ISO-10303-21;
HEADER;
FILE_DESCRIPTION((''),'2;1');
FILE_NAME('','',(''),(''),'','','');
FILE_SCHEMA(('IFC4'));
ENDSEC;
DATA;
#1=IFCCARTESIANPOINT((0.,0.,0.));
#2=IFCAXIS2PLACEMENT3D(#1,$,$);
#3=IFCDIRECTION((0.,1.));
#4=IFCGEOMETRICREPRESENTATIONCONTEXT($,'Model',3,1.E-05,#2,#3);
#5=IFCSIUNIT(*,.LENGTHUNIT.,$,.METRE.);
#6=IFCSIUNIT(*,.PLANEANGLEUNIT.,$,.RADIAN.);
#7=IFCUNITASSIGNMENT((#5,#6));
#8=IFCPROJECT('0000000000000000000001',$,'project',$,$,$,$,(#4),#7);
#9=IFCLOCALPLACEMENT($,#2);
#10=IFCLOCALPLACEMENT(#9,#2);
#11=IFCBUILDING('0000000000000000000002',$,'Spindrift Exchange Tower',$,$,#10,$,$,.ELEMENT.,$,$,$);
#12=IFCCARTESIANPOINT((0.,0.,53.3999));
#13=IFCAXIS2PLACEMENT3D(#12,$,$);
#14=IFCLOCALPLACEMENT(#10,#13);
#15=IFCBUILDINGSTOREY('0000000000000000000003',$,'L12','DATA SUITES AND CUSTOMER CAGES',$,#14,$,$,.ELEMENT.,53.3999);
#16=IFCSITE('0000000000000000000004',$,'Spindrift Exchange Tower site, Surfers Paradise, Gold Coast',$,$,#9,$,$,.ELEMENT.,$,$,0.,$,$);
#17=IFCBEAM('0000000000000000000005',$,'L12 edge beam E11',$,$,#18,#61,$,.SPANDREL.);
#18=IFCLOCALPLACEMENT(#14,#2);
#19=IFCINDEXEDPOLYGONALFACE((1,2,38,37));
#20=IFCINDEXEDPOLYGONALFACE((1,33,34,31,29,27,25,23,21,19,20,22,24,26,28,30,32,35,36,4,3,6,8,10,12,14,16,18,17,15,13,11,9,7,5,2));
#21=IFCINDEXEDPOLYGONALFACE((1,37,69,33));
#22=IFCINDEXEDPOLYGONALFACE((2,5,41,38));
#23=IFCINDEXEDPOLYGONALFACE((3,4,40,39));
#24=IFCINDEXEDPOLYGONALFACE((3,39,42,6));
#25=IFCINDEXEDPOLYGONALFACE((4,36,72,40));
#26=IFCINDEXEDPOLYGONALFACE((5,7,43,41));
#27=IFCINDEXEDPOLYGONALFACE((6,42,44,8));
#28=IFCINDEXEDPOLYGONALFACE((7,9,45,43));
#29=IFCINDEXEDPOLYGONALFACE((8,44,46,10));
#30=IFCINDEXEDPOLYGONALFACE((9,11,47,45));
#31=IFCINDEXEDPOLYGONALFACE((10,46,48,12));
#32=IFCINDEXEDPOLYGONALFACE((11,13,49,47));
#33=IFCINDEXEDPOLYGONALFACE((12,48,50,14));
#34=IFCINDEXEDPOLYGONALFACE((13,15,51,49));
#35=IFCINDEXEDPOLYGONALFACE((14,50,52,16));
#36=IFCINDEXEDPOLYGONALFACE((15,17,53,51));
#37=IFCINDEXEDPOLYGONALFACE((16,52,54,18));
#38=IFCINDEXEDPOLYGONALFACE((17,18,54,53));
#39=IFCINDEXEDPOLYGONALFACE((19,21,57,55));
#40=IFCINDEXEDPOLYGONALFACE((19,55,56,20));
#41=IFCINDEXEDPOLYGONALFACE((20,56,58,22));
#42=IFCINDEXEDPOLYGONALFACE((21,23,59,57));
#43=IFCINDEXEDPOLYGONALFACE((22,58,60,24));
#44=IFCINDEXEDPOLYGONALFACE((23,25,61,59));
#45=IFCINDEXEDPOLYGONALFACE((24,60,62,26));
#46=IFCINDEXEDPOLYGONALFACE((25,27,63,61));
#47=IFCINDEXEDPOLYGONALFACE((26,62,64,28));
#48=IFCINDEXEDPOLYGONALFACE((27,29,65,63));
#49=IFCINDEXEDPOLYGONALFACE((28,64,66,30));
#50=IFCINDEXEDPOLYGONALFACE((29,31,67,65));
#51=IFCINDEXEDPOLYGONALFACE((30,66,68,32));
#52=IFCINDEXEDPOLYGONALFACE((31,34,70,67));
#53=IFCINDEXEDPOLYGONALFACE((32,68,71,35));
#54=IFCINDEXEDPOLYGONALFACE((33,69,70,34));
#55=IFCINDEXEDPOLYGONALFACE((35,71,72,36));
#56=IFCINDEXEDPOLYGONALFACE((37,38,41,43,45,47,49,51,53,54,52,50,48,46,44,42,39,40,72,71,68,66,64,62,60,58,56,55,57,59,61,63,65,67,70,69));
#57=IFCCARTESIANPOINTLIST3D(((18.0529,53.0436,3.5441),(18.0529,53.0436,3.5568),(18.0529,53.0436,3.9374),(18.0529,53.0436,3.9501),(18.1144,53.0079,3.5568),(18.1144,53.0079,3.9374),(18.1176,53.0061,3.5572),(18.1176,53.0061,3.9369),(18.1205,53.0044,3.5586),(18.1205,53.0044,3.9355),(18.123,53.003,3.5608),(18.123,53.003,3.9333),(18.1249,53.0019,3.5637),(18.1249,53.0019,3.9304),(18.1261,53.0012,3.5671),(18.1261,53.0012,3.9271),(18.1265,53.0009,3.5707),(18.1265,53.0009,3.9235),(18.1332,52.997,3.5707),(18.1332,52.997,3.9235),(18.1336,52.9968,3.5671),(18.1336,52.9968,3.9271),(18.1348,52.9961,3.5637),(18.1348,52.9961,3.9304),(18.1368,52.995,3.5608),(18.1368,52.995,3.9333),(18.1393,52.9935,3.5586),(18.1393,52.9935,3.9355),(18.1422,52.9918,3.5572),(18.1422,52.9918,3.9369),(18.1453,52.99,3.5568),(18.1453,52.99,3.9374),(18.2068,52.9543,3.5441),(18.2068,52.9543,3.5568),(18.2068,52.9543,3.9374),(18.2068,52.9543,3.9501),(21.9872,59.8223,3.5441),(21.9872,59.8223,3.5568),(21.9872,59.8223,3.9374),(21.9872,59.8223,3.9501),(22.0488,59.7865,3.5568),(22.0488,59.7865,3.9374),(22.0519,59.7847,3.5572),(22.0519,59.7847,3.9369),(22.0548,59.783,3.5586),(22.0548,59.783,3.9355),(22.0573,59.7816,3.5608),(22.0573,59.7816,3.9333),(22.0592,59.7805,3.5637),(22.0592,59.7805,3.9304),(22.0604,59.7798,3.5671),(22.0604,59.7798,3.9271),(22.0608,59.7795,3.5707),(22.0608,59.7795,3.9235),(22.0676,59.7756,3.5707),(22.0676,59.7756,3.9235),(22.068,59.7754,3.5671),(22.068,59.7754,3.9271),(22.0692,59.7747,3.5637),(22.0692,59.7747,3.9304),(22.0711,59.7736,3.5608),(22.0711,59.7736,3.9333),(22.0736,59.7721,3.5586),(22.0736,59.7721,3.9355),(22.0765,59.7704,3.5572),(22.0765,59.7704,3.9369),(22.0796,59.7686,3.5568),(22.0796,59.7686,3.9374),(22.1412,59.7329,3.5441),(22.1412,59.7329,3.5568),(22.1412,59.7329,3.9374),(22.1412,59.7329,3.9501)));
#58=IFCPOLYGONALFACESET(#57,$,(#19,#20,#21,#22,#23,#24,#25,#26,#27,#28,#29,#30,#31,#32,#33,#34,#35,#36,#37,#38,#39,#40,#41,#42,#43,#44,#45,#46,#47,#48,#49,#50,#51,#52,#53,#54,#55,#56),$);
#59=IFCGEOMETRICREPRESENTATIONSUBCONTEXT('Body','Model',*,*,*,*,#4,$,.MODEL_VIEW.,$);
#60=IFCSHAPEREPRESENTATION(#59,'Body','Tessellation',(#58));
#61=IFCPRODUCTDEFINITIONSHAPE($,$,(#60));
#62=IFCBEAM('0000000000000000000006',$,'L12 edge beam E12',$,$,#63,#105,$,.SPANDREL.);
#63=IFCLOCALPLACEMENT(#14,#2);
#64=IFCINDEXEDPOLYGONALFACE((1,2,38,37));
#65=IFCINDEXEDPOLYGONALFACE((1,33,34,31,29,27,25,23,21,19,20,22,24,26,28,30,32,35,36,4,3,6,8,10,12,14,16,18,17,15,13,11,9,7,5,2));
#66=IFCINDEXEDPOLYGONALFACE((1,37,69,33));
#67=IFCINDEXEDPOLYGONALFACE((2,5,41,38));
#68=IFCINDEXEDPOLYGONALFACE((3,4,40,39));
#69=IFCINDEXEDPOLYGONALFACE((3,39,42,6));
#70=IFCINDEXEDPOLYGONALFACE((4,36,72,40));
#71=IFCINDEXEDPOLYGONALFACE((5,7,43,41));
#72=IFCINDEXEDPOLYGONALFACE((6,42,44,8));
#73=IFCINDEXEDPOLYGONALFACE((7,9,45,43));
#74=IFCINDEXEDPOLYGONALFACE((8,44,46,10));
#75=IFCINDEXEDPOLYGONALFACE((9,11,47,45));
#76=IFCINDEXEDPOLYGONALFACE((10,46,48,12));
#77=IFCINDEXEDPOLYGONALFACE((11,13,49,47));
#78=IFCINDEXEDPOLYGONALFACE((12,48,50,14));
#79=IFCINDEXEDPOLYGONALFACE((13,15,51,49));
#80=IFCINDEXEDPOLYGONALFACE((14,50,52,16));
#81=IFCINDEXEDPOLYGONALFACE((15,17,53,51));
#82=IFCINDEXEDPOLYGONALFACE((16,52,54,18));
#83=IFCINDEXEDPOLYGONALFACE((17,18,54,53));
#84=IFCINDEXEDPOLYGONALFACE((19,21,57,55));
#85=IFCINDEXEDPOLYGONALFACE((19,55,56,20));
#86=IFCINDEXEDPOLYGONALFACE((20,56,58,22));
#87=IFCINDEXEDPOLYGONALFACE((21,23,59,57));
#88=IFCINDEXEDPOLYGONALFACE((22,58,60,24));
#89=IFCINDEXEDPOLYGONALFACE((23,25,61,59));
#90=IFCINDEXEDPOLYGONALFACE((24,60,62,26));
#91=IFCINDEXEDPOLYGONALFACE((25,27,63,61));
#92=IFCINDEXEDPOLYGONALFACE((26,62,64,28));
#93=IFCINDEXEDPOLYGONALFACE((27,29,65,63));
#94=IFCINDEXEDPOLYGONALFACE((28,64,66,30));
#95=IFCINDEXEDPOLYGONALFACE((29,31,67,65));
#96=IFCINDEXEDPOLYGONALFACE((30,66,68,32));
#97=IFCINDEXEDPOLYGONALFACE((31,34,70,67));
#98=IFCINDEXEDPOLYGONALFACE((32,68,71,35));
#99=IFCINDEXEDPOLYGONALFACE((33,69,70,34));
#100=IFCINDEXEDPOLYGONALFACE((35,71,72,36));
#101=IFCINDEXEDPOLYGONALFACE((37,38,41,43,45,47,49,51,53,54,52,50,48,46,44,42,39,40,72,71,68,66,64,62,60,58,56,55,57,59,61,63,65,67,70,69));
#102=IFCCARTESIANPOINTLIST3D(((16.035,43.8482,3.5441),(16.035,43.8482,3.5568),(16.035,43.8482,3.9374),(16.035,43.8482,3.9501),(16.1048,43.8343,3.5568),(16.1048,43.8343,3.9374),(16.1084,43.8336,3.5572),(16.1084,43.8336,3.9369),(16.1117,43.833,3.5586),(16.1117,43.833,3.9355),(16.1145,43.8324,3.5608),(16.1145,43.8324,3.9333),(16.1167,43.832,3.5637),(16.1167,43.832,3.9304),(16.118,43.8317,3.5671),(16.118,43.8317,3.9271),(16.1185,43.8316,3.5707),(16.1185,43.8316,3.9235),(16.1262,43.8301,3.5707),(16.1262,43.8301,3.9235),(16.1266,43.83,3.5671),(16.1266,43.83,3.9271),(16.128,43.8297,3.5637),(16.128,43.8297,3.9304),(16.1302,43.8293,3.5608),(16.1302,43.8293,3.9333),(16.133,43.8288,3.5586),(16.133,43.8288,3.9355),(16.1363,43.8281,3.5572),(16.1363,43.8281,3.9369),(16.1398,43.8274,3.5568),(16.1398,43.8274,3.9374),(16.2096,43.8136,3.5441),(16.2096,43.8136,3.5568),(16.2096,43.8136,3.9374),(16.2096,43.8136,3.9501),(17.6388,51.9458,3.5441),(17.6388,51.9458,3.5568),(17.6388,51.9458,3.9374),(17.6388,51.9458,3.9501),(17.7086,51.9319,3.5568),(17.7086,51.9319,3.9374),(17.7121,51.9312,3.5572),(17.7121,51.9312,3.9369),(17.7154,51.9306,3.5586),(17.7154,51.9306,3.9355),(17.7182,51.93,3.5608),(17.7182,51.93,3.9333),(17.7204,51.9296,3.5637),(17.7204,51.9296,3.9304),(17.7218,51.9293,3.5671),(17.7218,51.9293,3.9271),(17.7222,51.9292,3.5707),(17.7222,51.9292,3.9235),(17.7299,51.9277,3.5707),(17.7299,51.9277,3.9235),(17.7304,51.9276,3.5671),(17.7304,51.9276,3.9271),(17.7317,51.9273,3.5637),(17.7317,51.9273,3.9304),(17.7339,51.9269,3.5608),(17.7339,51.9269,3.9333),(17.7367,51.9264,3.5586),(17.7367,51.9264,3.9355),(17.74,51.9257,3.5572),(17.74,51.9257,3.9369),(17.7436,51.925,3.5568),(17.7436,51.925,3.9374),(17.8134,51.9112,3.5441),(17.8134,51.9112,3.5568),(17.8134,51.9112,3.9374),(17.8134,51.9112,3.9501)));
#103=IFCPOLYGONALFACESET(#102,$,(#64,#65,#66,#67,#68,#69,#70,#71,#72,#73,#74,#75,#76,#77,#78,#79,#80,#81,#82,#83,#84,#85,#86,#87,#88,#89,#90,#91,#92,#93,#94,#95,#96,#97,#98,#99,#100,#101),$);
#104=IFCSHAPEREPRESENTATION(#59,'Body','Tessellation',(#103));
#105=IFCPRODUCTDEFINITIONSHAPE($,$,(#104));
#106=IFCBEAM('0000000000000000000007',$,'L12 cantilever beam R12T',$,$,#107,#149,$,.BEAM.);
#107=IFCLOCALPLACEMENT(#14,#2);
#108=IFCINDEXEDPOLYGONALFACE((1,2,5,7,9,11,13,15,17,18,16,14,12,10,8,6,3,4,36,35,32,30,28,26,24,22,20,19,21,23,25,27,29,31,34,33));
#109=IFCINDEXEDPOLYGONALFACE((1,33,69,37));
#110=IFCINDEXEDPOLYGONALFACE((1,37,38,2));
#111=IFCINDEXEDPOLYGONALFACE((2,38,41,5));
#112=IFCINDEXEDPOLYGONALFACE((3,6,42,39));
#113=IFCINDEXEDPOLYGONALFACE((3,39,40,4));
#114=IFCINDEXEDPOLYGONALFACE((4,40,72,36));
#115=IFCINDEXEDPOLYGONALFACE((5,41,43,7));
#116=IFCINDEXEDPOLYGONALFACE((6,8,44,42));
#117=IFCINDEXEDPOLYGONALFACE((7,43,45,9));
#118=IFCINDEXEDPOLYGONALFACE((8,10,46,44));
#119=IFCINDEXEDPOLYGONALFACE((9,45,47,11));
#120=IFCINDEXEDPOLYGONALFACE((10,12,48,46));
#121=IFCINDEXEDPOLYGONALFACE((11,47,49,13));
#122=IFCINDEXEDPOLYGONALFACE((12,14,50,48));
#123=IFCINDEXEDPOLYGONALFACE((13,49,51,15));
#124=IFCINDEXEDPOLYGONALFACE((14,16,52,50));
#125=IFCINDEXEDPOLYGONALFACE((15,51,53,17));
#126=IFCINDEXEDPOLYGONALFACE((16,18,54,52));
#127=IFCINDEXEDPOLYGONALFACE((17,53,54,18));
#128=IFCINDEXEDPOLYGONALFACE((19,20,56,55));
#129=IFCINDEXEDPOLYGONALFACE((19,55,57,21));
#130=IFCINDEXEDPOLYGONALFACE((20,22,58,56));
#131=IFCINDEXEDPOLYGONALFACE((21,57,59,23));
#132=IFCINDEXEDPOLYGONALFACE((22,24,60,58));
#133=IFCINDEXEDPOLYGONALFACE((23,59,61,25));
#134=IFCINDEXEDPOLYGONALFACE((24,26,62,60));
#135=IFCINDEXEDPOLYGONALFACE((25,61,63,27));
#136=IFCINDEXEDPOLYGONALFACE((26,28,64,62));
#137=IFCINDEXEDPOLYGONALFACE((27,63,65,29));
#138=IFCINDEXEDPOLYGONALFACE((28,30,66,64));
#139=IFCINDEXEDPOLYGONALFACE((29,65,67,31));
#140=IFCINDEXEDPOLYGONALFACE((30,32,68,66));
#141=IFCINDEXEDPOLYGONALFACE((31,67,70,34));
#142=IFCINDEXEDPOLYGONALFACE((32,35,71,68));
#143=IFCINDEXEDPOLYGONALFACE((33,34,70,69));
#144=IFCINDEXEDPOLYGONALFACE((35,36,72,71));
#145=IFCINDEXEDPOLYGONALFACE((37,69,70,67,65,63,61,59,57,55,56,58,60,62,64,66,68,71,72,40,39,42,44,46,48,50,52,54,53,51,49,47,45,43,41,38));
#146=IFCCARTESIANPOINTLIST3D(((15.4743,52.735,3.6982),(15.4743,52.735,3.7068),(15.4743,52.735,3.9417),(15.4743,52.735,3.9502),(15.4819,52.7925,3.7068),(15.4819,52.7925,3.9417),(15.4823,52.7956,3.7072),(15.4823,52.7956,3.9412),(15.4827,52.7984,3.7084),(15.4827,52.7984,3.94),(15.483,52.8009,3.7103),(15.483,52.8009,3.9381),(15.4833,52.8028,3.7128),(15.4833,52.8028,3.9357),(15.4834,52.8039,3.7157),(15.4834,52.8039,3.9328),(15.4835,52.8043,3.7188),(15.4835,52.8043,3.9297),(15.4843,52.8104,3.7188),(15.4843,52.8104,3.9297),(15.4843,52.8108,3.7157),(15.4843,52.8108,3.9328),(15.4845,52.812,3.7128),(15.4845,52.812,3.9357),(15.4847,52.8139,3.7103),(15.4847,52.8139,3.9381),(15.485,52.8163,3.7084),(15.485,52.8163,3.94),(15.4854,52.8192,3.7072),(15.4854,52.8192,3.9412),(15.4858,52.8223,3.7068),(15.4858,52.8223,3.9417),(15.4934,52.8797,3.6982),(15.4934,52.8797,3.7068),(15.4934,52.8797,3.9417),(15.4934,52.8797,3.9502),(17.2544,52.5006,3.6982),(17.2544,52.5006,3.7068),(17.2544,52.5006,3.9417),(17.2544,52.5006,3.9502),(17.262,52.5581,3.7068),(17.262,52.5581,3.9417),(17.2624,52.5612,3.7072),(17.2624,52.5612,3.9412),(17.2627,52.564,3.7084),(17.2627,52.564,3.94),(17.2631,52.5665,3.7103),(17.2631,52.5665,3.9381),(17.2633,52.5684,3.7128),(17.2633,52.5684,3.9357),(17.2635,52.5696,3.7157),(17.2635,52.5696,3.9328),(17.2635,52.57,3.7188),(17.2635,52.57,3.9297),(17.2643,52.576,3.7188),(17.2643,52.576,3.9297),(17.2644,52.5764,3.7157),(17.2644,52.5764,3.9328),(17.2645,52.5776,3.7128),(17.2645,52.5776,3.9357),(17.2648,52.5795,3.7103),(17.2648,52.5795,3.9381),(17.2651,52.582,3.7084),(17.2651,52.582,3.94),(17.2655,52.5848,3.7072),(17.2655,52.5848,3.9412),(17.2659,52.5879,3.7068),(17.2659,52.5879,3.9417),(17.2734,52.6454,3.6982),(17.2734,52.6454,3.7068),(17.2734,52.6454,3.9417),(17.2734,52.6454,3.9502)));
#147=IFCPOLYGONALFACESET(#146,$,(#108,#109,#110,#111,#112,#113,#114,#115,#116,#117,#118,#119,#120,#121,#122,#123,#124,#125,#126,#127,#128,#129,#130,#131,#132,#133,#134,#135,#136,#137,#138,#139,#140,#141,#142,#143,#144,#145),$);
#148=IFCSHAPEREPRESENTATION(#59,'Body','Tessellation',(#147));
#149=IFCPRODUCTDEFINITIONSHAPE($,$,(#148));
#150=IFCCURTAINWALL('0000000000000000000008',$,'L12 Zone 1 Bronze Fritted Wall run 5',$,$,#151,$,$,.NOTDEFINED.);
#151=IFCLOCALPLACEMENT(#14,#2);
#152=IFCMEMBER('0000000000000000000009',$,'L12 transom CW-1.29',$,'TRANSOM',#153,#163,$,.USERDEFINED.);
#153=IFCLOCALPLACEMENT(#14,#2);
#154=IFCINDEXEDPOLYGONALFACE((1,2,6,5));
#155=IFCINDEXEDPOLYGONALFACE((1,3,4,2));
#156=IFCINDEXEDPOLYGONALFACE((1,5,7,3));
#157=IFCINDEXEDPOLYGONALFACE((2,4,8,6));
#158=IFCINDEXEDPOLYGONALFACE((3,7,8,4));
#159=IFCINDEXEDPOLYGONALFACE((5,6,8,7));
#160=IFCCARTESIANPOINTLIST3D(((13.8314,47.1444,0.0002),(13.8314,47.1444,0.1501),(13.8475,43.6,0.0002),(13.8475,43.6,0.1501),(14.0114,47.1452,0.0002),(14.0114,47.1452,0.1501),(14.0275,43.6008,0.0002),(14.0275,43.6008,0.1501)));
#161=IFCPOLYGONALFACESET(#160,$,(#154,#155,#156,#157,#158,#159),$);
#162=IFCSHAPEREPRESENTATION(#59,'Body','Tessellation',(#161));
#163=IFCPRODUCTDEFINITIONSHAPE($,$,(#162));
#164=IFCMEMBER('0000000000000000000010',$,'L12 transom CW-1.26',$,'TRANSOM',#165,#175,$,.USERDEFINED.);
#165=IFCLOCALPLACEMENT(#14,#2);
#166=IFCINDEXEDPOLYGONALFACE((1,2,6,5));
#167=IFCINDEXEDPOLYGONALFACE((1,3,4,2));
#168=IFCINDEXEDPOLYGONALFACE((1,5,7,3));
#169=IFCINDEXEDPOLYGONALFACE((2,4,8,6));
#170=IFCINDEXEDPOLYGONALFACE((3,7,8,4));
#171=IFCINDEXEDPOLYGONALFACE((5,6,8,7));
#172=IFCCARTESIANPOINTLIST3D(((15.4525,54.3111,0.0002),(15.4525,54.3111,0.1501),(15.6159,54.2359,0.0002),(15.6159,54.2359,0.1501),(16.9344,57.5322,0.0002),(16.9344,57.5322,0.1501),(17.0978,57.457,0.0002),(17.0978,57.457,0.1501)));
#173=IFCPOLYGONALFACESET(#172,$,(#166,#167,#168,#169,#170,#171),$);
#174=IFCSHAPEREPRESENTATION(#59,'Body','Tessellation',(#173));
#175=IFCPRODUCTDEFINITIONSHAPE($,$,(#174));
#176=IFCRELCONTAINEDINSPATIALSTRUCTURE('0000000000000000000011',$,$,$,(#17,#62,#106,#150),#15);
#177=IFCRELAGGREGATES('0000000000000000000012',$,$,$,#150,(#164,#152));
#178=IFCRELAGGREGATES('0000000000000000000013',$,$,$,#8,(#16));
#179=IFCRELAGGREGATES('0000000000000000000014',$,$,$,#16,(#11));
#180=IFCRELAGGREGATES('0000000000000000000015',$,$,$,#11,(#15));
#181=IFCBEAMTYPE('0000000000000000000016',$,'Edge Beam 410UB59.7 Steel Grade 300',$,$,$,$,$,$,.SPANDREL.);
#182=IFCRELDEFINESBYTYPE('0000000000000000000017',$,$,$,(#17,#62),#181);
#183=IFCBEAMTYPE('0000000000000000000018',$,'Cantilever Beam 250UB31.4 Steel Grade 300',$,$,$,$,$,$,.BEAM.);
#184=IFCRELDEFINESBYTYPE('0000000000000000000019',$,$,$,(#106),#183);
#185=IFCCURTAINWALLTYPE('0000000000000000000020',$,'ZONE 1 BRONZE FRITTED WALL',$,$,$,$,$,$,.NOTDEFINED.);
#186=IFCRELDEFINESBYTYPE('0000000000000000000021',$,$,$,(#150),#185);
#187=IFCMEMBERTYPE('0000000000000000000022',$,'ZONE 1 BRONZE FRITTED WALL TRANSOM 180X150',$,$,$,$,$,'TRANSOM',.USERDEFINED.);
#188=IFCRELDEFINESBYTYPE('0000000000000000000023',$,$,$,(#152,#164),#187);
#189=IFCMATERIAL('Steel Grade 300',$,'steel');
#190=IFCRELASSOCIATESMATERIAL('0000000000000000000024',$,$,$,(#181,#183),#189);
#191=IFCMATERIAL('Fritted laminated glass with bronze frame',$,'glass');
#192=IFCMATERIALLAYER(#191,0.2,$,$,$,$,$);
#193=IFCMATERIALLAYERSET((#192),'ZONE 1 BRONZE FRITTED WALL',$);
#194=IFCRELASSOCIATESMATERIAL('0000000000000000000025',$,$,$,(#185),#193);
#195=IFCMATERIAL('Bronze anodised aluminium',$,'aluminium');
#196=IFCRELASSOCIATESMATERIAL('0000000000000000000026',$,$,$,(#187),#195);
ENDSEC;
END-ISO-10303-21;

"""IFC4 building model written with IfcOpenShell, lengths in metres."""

from ifc_helpers import new_model, si_unit, direction, frame, origin, origin_2d, place, context, subcontext, project, spatial, rectangle, i_section, extrude, source, transform, mapped, material, layer, layer_set, material_profile, profile_set, type_object, element, aggregate, save


model = new_model("IFC4")

# Units and contexts
model_context = context("Model", 3, precision=1e-05, world=origin(), true_north=direction((0.0, 1.0)))
body_context = subcontext(model_context, "Body", "Model", "MODEL_VIEW")
ifc_project = project(units=[si_unit("LENGTHUNIT", "METRE"), si_unit("PLANEANGLEUNIT", "RADIAN")], contexts=[model_context])

# Site, building, storey
site_placement = place(None, origin())
site = spatial("IfcSite", under=ifc_project, at=site_placement, Name="Spindrift Exchange Tower site, Surfers Paradise, Gold Coast", CompositionType="ELEMENT", RefElevation=0.0)
building_placement = place(site_placement, origin())
building = spatial("IfcBuilding", under=site, at=building_placement, Name="Spindrift Exchange Tower", CompositionType="ELEMENT")
storey_placement = place(building_placement, frame((0.0, 0.0, 53.3999)))
storey = spatial("IfcBuildingStorey", under=building, at=storey_placement, Name="L12", Description="DATA SUITES AND CUSTOMER CAGES", CompositionType="ELEMENT", Elevation=53.3999)

# Beams
ifc_material_1 = material(Name="Steel Grade 300", Category="steel")
ifc_material_profile_1 = material_profile(ifc_material_1, i_section(OverallWidth=0.178, OverallDepth=0.406, WebThickness=0.0078, FlangeThickness=0.0127, FilletRadius=0.0139, at=origin_2d()), Name="410UB59.7")
ifc_profile_set_1 = profile_set([ifc_material_profile_1], Name="Steel Grade 300")
beam_type_1 = type_object("IfcBeamType", Name="Edge Beam 410UB59.7 Steel Grade 300", PredefinedType="SPANDREL", material=ifc_profile_set_1)
shared_shape_1 = source(origin(), body_context, "Body", "SweptSolid", [
    extrude(i_section(OverallWidth=0.178, OverallDepth=0.406, WebThickness=0.0078, FlangeThickness=0.0127, FilletRadius=0.0139, at=origin_2d()), origin(), (0.0, 0.0, 1.0), 7.8376),
])
beam_1_placement = place(storey_placement, frame((22.0642, 59.7776, 3.7471), z_axis=(-0.501981, -0.864878, 0.0), x_axis=(0.864878, -0.501981, 0.0)))
element("IfcBeam", 1, at=beam_1_placement, inside=storey, type_object=beam_type_1, Name="L12 edge beam E11", PredefinedType="SPANDREL", context=body_context, shape_type="MappedRepresentation", body=[
    mapped(shared_shape_1, transform((0.0, 0.0, 0.0), scale=1.0)),
])
shared_shape_2 = source(origin(), body_context, "Body", "SweptSolid", [
    extrude(i_section(OverallWidth=0.178, OverallDepth=0.406, WebThickness=0.0078, FlangeThickness=0.0127, FilletRadius=0.0139, at=origin_2d()), origin(), (0.0, 0.0, 1.0), 8.2549),
])
beam_2_placement = place(storey_placement, frame((17.7261, 51.9285, 3.7471), z_axis=(-0.194279, -0.980946, 0.0), x_axis=(0.980946, -0.194279, 0.0)))
element("IfcBeam", 2, at=beam_2_placement, inside=storey, type_object=beam_type_1, Name="L12 edge beam E12", PredefinedType="SPANDREL", context=body_context, shape_type="MappedRepresentation", body=[
    mapped(shared_shape_2, transform((0.0, 0.0, 0.0), scale=1.0)),
])
ifc_material_profile_2 = material_profile(ifc_material_1, i_section(OverallWidth=0.146, OverallDepth=0.252, WebThickness=0.0061, FlangeThickness=0.0085, FilletRadius=0.012, at=origin_2d()), Name="250UB31.4")
ifc_profile_set_2 = profile_set([ifc_material_profile_2], Name="Steel Grade 300")
beam_type_2 = type_object("IfcBeamType", Name="Cantilever Beam 250UB31.4 Steel Grade 300", PredefinedType="BEAM", material=ifc_profile_set_2)
shared_shape_3 = source(origin(), body_context, "Body", "SweptSolid", [
    extrude(i_section(OverallWidth=0.146, OverallDepth=0.252, WebThickness=0.0061, FlangeThickness=0.0085, FilletRadius=0.012, at=origin_2d()), origin(), (0.0, 0.0, 1.0), 1.7954),
])
beam_3_placement = place(storey_placement, frame((17.2639, 52.573, 3.8242), z_axis=(-0.991443, 0.130542, 0.0), x_axis=(-0.130542, -0.991443, 0.0)))
element("IfcBeam", 3, at=beam_3_placement, inside=storey, type_object=beam_type_2, Name="L12 cantilever beam R12T", PredefinedType="BEAM", context=body_context, shape_type="MappedRepresentation", body=[
    mapped(shared_shape_3, transform((0.0, 0.0, 0.0), scale=1.0)),
])

# Curtain wall, members
ifc_material_2 = material(Name="Fritted laminated glass with bronze frame", Category="glass")
ifc_layer_1 = layer(ifc_material_2, 0.2)
ifc_layer_set_1 = layer_set([ifc_layer_1], Name="ZONE 1 BRONZE FRITTED WALL")
curtain_wall_type = type_object("IfcCurtainWallType", Name="ZONE 1 BRONZE FRITTED WALL", PredefinedType="NOTDEFINED", material=ifc_layer_set_1)
curtain_wall_placement = place(storey_placement, origin())
curtain_wall = element("IfcCurtainWall", 4, at=curtain_wall_placement, inside=storey, type_object=curtain_wall_type, Name="L12 Zone 1 Bronze Fritted Wall run 5", PredefinedType="NOTDEFINED")
ifc_material_3 = material(Name="Bronze anodised aluminium", Category="aluminium")
ifc_material_profile_3 = material_profile(ifc_material_3, rectangle(XDim=0.1799, YDim=0.1499, at=origin_2d()), Name="ZONE 1 BRONZE FRITTED WALL TRANSOM 180X150")
ifc_profile_set_3 = profile_set([ifc_material_profile_3], Name="Bronze anodised aluminium")
member_type_1 = type_object("IfcMemberType", Name="ZONE 1 BRONZE FRITTED WALL TRANSOM 180X150", ElementType="TRANSOM", PredefinedType="USERDEFINED", material=ifc_profile_set_3)
shared_shape_4 = source(origin(), body_context, "Body", "SweptSolid", [
    extrude(rectangle(XDim=0.1799, YDim=0.1499, at=origin_2d()), origin(), (0.0, 0.0, 1.0), 3.5444),
])
member_1_placement = place(storey_placement, frame((13.9214, 47.1448, 0.0752), z_axis=(0.004546, -0.99999, 0.0), x_axis=(0.99999, 0.004546, 0.0)))
member_1 = element("IfcMember", 5, at=member_1_placement, type_object=member_type_1, Name="L12 transom CW-1.29", ObjectType="TRANSOM", PredefinedType="USERDEFINED", context=body_context, shape_type="MappedRepresentation", body=[
    mapped(shared_shape_4, transform((0.0, 0.0, 0.0), scale=1.0)),
])
shared_shape_5 = source(origin(), body_context, "Body", "SweptSolid", [
    extrude(rectangle(XDim=0.1799, YDim=0.1499, at=origin_2d()), origin(), (0.0, 0.0, 1.0), 3.5457),
])
member_2_placement = place(storey_placement, frame((17.0161, 57.4946, 0.0752), z_axis=(-0.417949, -0.908471, 0.0), x_axis=(0.908471, -0.417949, 0.0)))
member_2 = element("IfcMember", 6, at=member_2_placement, type_object=member_type_1, Name="L12 transom CW-1.26", ObjectType="TRANSOM", PredefinedType="USERDEFINED", context=body_context, shape_type="MappedRepresentation", body=[
    mapped(shared_shape_5, transform((0.0, 0.0, 0.0), scale=1.0)),
])
aggregate(curtain_wall, [member_2, member_1])

save(model, "model.ifc")
